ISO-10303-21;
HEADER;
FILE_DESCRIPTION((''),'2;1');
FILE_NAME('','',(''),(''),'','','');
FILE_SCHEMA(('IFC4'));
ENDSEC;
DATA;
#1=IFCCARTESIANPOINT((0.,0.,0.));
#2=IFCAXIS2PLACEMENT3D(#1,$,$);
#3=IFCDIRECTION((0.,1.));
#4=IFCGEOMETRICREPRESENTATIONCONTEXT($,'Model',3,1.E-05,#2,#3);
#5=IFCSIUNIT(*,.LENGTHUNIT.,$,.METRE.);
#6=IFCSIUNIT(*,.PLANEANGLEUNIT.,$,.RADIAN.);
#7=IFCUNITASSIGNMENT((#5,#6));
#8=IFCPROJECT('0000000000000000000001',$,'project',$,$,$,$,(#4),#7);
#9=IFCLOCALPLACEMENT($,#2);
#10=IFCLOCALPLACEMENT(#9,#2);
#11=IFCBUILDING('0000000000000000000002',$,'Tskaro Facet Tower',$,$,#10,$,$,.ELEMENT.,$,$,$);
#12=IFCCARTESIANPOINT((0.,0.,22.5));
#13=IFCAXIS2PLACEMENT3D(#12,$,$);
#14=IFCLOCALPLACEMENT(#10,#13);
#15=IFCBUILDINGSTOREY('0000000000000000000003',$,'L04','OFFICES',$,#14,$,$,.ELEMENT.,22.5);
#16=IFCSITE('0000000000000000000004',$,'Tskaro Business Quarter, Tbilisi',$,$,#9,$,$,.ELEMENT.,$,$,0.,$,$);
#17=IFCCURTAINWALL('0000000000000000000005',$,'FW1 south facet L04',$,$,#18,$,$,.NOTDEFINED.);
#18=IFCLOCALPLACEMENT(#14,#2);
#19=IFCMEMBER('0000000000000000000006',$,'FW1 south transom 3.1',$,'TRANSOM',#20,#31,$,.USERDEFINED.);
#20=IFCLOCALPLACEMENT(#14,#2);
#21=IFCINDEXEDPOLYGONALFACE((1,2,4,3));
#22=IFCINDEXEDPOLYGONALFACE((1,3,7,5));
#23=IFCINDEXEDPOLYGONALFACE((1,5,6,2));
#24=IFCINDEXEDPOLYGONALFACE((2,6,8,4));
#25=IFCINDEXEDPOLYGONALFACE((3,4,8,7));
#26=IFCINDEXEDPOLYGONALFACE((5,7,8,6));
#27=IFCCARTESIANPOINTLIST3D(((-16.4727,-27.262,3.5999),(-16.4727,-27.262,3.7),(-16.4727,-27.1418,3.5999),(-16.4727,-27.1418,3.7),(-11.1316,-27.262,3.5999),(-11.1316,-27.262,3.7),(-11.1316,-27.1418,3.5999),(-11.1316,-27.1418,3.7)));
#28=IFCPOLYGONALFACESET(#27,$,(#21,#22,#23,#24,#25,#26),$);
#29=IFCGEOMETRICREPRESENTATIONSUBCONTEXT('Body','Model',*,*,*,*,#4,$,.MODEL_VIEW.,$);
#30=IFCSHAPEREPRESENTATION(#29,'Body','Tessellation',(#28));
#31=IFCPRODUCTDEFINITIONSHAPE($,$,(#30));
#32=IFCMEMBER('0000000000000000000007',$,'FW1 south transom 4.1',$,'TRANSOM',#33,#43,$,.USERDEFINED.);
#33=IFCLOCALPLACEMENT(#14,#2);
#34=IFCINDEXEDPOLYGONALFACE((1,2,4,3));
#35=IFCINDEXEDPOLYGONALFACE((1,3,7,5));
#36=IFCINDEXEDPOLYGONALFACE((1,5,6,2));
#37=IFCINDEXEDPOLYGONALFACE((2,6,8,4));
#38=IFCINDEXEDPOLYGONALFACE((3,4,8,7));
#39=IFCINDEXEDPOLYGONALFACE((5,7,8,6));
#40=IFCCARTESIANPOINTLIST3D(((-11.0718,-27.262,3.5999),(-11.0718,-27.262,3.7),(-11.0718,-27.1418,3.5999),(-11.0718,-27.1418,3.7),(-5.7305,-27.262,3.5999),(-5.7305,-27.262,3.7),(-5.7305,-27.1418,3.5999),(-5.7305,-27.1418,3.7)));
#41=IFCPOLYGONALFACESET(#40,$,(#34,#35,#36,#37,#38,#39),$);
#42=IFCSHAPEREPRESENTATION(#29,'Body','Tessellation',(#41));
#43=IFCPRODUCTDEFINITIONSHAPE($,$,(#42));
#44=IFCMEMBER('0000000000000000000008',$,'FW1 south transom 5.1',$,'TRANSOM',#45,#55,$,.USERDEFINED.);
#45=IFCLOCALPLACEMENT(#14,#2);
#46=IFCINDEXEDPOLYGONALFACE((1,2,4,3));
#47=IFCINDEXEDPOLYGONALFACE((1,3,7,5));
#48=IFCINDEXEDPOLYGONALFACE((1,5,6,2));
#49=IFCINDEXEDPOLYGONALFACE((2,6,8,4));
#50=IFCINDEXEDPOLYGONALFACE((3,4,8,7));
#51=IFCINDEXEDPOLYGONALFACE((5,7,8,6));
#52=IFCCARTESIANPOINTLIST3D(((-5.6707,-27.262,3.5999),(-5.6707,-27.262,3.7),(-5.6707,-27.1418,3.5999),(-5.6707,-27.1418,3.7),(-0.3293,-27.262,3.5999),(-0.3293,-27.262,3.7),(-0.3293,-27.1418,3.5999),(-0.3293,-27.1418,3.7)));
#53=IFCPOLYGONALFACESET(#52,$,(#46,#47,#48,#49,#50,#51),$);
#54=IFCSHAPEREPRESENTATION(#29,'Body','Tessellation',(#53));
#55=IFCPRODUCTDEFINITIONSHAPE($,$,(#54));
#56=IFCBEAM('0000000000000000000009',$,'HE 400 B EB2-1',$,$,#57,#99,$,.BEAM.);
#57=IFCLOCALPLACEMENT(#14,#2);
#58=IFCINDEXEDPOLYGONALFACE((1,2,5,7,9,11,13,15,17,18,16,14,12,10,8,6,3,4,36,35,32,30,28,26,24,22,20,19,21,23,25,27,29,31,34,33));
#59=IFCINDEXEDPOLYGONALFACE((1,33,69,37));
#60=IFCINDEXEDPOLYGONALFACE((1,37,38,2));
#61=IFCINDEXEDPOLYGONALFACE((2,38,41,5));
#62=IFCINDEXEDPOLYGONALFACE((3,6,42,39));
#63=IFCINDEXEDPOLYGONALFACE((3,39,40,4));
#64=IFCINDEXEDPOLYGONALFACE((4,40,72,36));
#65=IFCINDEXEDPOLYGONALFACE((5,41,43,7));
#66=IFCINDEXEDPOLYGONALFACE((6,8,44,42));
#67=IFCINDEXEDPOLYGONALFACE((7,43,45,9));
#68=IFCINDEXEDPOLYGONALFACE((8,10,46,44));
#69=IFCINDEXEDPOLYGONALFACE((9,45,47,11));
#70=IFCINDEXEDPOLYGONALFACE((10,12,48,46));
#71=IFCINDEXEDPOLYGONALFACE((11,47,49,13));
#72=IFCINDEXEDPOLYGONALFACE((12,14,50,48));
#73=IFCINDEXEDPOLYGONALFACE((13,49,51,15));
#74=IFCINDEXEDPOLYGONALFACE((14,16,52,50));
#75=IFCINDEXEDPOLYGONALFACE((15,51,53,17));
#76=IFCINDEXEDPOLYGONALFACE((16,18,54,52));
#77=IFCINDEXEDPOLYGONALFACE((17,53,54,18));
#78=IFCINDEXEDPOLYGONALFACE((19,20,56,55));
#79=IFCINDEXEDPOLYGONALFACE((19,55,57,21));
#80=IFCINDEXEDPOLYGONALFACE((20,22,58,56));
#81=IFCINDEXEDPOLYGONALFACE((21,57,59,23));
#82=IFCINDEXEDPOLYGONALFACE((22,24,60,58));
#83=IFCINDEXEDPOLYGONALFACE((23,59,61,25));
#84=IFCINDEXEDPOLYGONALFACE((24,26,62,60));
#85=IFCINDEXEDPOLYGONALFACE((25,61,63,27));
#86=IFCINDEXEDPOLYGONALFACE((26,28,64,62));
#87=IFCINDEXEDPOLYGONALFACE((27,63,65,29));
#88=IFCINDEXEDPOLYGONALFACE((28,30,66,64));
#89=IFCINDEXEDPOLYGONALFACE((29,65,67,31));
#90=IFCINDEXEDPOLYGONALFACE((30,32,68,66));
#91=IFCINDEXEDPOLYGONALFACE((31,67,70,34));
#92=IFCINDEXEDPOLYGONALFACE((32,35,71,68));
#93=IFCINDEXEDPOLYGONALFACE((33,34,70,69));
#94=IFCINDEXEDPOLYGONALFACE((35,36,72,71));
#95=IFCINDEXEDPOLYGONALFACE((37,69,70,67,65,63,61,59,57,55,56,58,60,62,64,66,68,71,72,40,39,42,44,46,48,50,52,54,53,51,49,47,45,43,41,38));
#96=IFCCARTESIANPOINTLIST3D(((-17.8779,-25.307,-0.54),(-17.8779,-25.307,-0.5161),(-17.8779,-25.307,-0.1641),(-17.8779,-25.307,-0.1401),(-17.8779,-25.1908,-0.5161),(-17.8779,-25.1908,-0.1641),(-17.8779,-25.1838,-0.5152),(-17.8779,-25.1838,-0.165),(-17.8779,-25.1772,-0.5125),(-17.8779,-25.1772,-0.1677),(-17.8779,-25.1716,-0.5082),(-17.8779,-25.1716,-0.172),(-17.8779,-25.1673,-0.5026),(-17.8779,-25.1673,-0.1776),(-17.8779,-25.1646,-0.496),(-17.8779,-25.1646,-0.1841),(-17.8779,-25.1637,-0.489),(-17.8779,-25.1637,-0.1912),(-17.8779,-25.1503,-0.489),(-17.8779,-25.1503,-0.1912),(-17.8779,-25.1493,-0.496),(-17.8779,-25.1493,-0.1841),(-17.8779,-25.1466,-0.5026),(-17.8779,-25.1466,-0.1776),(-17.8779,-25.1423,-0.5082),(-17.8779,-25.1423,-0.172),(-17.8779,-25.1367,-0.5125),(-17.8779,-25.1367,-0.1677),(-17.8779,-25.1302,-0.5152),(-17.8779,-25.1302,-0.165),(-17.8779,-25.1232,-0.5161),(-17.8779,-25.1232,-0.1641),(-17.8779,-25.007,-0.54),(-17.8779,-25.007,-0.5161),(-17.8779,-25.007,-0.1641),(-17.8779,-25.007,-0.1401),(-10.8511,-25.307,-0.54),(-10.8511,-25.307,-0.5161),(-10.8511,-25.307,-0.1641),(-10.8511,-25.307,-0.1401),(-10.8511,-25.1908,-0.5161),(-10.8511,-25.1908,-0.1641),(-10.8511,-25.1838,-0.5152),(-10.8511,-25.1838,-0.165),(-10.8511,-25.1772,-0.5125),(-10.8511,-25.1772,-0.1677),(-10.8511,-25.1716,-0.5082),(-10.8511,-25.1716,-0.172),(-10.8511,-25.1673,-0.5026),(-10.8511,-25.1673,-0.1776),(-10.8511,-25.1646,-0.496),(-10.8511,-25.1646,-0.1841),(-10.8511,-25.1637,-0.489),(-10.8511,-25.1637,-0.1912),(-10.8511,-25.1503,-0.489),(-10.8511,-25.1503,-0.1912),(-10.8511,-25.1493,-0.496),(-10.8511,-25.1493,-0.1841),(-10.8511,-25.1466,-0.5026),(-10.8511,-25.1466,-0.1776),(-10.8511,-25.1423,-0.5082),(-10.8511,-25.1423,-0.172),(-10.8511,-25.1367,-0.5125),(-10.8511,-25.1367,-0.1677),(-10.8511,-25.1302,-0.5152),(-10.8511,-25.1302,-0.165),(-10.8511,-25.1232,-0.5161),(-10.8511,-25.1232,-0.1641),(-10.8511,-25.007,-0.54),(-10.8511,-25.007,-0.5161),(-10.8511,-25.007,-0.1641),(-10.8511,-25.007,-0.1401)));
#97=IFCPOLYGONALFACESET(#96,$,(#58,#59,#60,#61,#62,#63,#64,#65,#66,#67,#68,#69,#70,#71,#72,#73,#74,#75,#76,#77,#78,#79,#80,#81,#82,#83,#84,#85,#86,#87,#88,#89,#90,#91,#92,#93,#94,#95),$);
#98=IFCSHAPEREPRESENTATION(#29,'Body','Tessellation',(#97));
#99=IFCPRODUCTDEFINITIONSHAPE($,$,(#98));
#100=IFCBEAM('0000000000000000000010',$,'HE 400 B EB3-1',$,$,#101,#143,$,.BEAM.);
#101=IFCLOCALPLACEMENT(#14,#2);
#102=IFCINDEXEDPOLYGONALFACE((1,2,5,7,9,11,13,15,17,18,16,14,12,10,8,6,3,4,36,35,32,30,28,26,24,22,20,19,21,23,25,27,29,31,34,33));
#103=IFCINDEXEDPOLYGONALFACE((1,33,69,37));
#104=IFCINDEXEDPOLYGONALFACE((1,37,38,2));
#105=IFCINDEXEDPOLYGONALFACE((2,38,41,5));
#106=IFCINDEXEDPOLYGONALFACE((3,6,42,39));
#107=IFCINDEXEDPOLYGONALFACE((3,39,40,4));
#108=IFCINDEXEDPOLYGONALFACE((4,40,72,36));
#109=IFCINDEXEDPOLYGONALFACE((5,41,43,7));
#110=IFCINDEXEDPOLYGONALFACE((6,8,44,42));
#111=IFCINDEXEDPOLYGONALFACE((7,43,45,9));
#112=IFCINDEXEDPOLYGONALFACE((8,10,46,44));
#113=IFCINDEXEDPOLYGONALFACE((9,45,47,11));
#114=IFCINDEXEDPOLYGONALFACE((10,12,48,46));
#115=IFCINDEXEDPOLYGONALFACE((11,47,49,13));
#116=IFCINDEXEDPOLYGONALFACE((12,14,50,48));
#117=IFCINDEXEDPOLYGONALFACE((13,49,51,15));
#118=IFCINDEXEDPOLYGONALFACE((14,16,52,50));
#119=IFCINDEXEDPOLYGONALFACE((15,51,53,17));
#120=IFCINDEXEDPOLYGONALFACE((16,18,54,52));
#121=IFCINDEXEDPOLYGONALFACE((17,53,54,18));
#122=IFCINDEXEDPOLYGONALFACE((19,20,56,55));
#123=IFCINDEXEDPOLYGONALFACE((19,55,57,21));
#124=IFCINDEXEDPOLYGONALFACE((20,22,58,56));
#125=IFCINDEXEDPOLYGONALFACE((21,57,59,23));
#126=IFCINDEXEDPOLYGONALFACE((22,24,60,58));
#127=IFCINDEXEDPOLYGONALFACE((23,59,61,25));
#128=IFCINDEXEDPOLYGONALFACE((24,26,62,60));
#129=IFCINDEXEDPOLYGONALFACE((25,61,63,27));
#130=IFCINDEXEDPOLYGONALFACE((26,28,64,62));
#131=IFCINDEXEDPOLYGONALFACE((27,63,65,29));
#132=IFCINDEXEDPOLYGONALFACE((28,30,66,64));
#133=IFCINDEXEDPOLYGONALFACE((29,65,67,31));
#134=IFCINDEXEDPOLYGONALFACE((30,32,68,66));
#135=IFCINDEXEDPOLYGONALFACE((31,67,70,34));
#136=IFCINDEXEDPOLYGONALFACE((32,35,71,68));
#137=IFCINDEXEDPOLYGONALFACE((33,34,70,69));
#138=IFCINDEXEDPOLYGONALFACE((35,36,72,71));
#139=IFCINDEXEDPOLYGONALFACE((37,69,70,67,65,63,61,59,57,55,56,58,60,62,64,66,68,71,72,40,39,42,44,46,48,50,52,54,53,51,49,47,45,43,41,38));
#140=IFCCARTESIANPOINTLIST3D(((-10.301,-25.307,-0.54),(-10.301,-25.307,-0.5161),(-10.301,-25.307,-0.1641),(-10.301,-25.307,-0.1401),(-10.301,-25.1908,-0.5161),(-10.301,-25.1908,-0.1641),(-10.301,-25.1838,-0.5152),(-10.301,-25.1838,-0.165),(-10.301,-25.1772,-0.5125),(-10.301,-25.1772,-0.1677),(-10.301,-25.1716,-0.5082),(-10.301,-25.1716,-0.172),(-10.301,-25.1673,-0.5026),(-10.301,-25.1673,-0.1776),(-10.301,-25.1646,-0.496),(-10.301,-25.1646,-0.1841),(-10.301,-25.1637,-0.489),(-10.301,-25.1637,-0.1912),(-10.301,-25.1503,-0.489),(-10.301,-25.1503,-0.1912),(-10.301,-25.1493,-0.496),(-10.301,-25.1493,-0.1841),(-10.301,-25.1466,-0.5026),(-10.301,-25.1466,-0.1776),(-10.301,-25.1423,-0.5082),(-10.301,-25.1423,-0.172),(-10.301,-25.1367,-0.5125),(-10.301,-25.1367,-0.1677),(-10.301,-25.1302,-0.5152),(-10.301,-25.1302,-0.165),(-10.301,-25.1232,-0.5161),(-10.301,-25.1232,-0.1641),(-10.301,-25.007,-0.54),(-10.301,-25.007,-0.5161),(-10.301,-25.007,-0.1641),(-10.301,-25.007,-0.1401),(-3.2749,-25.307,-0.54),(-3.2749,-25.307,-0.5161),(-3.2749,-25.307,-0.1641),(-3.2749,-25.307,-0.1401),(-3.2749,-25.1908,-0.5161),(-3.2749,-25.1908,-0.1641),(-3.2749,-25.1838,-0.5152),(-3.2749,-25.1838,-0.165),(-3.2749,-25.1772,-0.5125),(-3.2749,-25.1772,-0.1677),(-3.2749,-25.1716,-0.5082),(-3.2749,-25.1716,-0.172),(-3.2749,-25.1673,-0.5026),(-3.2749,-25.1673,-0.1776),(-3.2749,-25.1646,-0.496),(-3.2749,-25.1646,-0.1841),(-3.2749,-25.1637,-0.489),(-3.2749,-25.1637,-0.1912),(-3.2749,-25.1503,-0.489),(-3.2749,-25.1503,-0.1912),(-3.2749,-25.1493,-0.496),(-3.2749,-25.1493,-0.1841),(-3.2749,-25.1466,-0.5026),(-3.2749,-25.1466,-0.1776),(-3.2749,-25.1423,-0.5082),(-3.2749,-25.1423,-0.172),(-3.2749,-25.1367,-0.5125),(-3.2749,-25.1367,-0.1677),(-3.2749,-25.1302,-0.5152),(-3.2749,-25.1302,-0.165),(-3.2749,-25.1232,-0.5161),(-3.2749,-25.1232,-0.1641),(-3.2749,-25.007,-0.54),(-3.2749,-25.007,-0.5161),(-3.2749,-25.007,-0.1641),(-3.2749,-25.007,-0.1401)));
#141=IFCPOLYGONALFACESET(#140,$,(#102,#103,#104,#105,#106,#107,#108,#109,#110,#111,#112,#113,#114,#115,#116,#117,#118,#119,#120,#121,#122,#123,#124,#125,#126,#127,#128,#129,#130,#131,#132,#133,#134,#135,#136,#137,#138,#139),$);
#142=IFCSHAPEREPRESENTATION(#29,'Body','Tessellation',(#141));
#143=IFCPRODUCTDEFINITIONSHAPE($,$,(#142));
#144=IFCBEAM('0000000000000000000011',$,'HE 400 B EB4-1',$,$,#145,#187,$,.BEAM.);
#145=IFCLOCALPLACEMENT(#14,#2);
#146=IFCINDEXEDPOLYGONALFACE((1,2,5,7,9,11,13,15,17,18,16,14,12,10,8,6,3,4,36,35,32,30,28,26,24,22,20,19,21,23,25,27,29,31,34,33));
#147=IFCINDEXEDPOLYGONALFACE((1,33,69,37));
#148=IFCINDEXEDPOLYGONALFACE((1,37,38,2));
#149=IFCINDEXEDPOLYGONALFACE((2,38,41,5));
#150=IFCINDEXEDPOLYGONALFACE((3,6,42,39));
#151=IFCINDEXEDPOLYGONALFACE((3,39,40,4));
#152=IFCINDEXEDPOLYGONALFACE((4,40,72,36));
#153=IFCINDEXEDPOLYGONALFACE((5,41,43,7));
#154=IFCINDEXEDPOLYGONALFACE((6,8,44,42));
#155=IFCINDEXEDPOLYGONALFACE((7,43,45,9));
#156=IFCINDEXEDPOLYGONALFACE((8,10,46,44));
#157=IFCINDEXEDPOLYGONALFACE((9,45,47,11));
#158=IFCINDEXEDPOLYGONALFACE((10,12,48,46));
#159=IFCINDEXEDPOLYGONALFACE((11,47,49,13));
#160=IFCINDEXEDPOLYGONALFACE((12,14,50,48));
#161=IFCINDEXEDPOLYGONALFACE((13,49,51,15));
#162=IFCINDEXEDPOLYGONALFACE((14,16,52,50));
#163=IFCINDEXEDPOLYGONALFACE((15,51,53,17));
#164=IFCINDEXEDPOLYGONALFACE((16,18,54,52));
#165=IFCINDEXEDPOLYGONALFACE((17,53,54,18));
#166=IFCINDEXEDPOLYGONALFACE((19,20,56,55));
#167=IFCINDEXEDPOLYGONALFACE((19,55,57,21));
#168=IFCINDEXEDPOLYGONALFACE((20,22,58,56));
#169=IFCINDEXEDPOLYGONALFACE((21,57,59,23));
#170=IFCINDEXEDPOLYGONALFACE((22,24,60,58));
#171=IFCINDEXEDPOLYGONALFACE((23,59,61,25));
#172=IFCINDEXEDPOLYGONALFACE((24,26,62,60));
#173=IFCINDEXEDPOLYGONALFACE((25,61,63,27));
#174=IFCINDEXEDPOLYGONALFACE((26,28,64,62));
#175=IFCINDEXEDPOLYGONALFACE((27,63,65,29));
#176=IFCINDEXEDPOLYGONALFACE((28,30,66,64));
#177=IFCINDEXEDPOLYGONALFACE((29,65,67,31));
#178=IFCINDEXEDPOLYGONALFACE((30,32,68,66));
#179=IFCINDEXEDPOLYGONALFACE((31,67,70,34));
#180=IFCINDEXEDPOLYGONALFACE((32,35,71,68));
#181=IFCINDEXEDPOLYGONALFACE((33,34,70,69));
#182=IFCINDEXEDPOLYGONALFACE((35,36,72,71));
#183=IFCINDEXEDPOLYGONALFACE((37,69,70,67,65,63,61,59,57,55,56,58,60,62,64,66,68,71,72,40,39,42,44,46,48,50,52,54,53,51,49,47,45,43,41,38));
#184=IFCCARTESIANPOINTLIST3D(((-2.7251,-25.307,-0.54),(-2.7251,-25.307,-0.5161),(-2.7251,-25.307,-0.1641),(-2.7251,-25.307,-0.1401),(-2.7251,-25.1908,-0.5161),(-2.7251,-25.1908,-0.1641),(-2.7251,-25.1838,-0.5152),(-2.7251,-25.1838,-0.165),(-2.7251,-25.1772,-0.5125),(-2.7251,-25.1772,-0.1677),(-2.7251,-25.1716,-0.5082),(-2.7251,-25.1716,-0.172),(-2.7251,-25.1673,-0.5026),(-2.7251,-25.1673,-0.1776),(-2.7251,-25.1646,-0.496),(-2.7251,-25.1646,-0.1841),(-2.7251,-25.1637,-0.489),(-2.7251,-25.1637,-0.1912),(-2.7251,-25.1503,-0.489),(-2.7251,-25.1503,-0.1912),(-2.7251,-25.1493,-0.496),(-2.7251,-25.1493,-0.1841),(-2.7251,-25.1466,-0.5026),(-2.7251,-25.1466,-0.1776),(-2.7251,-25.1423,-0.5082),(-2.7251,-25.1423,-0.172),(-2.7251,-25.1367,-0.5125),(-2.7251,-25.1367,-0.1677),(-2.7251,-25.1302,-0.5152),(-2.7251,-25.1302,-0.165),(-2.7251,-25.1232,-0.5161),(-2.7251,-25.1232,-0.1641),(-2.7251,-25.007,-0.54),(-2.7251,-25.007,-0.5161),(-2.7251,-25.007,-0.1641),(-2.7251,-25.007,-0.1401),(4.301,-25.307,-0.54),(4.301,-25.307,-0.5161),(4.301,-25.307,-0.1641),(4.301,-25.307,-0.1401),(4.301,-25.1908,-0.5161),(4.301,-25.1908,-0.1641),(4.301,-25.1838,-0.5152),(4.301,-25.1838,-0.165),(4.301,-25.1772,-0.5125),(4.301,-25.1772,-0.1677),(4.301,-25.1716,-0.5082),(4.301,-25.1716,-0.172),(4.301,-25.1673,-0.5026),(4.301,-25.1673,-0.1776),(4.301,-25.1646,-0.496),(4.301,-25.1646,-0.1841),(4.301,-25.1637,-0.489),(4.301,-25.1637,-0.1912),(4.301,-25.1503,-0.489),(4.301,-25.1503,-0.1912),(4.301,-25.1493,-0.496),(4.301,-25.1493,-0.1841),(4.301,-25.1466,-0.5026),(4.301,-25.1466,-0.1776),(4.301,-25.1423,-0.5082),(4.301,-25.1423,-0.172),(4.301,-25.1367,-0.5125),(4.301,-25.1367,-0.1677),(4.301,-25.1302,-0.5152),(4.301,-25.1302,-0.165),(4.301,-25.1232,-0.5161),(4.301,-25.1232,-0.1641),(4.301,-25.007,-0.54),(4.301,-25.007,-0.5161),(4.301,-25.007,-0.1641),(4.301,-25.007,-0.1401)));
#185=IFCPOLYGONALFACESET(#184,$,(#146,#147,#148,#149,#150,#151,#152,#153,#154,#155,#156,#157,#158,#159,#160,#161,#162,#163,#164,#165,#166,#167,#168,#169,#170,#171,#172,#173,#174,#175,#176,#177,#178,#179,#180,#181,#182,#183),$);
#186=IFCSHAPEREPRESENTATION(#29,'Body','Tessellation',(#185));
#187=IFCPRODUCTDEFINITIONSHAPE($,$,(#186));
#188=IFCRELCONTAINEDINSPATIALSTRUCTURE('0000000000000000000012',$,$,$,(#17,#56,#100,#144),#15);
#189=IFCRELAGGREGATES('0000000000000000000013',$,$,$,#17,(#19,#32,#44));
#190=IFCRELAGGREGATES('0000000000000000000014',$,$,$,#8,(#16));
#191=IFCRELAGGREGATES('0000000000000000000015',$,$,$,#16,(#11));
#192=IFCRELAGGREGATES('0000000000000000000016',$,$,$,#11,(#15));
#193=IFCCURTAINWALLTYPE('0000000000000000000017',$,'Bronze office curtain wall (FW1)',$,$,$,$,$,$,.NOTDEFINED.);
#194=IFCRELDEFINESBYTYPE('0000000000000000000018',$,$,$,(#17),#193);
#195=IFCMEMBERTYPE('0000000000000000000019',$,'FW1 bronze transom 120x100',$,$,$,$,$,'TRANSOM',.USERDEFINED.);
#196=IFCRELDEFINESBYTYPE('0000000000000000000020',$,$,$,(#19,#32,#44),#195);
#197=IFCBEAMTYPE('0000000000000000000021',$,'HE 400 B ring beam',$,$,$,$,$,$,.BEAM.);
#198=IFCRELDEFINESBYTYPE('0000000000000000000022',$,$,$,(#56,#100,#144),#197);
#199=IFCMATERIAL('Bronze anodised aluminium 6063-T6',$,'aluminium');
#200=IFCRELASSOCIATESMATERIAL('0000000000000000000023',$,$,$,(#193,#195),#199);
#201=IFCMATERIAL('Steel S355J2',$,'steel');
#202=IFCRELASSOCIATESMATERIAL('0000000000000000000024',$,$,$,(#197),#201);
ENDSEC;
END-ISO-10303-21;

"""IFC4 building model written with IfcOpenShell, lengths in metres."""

from ifc_helpers import new_model, si_unit, direction, frame, origin, origin_2d, place, context, subcontext, project, spatial, rectangle, i_section, extrude, material, material_profile, profile_set, type_object, element, aggregate, save


model = new_model("IFC4")

# Units and contexts
model_context = context("Model", 3, precision=1e-05, world=origin(), true_north=direction((0.0, 1.0)))
body_context = subcontext(model_context, "Body", "Model", "MODEL_VIEW")
ifc_project = project(units=[si_unit("LENGTHUNIT", "METRE"), si_unit("PLANEANGLEUNIT", "RADIAN")], contexts=[model_context])

# Site, building, storey
site_placement = place(None, origin())
site = spatial("IfcSite", under=ifc_project, at=site_placement, Name="Tskaro Business Quarter, Tbilisi", CompositionType="ELEMENT", RefElevation=0.0)
building_placement = place(site_placement, origin())
building = spatial("IfcBuilding", under=site, at=building_placement, Name="Tskaro Facet Tower", CompositionType="ELEMENT")
storey_placement = place(building_placement, frame((0.0, 0.0, 22.5)))
storey = spatial("IfcBuildingStorey", under=building, at=storey_placement, Name="L04", Description="OFFICES", CompositionType="ELEMENT", Elevation=22.5)

# Curtain wall, members
ifc_material_1 = material(Name="Bronze anodised aluminium 6063-T6", Category="aluminium")
curtain_wall_type = type_object("IfcCurtainWallType", Name="Bronze office curtain wall (FW1)", PredefinedType="NOTDEFINED", material=ifc_material_1)
curtain_wall_placement = place(storey_placement, origin())
curtain_wall = element("IfcCurtainWall", 1, at=curtain_wall_placement, inside=storey, type_object=curtain_wall_type, Name="FW1 south facet L04", PredefinedType="NOTDEFINED")
ifc_material_profile_1 = material_profile(ifc_material_1, rectangle(XDim=0.1201, YDim=0.1001, at=origin_2d()), Name="Transom 120x100")
ifc_profile_set_1 = profile_set([ifc_material_profile_1], Name="Bronze anodised aluminium 6063-T6")
member_type_1 = type_object("IfcMemberType", Name="FW1 bronze transom 120x100", ElementType="TRANSOM", PredefinedType="USERDEFINED", material=ifc_profile_set_1)
member_1_placement = place(storey_placement, frame((-16.4727, -27.2019, 3.6499), z_axis=(1.0, 0.0, 0.0), x_axis=(0.0, 1.0, 0.0)))
member_1 = element("IfcMember", 2, at=member_1_placement, type_object=member_type_1, Name="FW1 south transom 3.1", ObjectType="TRANSOM", PredefinedType="USERDEFINED", context=body_context, shape_type="SweptSolid", body=[
    extrude(rectangle(XDim=0.1201, YDim=0.1001, at=origin_2d()), origin(), (0.0, 0.0, 1.0), 5.3411),
])
member_2_placement = place(storey_placement, frame((-11.0718, -27.2019, 3.6499), z_axis=(1.0, 0.0, 0.0), x_axis=(0.0, 1.0, 0.0)))
member_2 = element("IfcMember", 3, at=member_2_placement, type_object=member_type_1, Name="FW1 south transom 4.1", ObjectType="TRANSOM", PredefinedType="USERDEFINED", context=body_context, shape_type="SweptSolid", body=[
    extrude(rectangle(XDim=0.1201, YDim=0.1001, at=origin_2d()), origin(), (0.0, 0.0, 1.0), 5.3413),
])
member_3_placement = place(storey_placement, frame((-5.6707, -27.2019, 3.6499), z_axis=(1.0, 0.0, 0.0), x_axis=(0.0, 1.0, 0.0)))
member_3 = element("IfcMember", 4, at=member_3_placement, type_object=member_type_1, Name="FW1 south transom 5.1", ObjectType="TRANSOM", PredefinedType="USERDEFINED", context=body_context, shape_type="SweptSolid", body=[
    extrude(rectangle(XDim=0.1201, YDim=0.1001, at=origin_2d()), origin(), (0.0, 0.0, 1.0), 5.3413),
])

# Beams
ifc_material_2 = material(Name="Steel S355J2", Category="steel")
ifc_material_profile_2 = material_profile(ifc_material_2, i_section(OverallWidth=0.3, OverallDepth=0.3999, WebThickness=0.0134, FlangeThickness=0.0239, FilletRadius=0.0271, at=origin_2d()), Name="HE 400 B")
ifc_profile_set_2 = profile_set([ifc_material_profile_2], Name="Steel S355J2")
beam_type_1 = type_object("IfcBeamType", Name="HE 400 B ring beam", PredefinedType="BEAM", material=ifc_profile_set_2)
beam_1_placement = place(storey_placement, frame((-17.8779, -25.157, -0.3401), z_axis=(1.0, 0.0, 0.0), x_axis=(0.0, 1.0, 0.0)))
element("IfcBeam", 5, at=beam_1_placement, inside=storey, type_object=beam_type_1, Name="HE 400 B EB2-1", PredefinedType="BEAM", context=body_context, shape_type="SweptSolid", body=[
    extrude(i_section(OverallWidth=0.3, OverallDepth=0.3999, WebThickness=0.0134, FlangeThickness=0.0239, FilletRadius=0.0271, at=origin_2d()), origin(), (0.0, 0.0, 1.0), 7.0269),
])
for number, where, z_axis, x_axis, name in (
    (6, (-10.301, -25.157, -0.3401), (1.0, 0.0, 0.0), (0.0, 1.0, 0.0), "HE 400 B EB3-1"),
    (7, (-2.7251, -25.157, -0.3401), (1.0, 0.0, 0.0), (0.0, 1.0, 0.0), "HE 400 B EB4-1"),
):
    element("IfcBeam", number, at=place(storey_placement, frame(where, z_axis=z_axis, x_axis=x_axis)), inside=storey, type_object=beam_type_1, Name=name, PredefinedType="BEAM", context=body_context, shape_type="SweptSolid", body=[
        extrude(i_section(OverallWidth=0.3, OverallDepth=0.3999, WebThickness=0.0134, FlangeThickness=0.0239, FilletRadius=0.0271, at=origin_2d()), origin(), (0.0, 0.0, 1.0), 7.0261),
    ])

aggregate(curtain_wall, [member_1, member_2, member_3])

save(model, "model.ifc")
